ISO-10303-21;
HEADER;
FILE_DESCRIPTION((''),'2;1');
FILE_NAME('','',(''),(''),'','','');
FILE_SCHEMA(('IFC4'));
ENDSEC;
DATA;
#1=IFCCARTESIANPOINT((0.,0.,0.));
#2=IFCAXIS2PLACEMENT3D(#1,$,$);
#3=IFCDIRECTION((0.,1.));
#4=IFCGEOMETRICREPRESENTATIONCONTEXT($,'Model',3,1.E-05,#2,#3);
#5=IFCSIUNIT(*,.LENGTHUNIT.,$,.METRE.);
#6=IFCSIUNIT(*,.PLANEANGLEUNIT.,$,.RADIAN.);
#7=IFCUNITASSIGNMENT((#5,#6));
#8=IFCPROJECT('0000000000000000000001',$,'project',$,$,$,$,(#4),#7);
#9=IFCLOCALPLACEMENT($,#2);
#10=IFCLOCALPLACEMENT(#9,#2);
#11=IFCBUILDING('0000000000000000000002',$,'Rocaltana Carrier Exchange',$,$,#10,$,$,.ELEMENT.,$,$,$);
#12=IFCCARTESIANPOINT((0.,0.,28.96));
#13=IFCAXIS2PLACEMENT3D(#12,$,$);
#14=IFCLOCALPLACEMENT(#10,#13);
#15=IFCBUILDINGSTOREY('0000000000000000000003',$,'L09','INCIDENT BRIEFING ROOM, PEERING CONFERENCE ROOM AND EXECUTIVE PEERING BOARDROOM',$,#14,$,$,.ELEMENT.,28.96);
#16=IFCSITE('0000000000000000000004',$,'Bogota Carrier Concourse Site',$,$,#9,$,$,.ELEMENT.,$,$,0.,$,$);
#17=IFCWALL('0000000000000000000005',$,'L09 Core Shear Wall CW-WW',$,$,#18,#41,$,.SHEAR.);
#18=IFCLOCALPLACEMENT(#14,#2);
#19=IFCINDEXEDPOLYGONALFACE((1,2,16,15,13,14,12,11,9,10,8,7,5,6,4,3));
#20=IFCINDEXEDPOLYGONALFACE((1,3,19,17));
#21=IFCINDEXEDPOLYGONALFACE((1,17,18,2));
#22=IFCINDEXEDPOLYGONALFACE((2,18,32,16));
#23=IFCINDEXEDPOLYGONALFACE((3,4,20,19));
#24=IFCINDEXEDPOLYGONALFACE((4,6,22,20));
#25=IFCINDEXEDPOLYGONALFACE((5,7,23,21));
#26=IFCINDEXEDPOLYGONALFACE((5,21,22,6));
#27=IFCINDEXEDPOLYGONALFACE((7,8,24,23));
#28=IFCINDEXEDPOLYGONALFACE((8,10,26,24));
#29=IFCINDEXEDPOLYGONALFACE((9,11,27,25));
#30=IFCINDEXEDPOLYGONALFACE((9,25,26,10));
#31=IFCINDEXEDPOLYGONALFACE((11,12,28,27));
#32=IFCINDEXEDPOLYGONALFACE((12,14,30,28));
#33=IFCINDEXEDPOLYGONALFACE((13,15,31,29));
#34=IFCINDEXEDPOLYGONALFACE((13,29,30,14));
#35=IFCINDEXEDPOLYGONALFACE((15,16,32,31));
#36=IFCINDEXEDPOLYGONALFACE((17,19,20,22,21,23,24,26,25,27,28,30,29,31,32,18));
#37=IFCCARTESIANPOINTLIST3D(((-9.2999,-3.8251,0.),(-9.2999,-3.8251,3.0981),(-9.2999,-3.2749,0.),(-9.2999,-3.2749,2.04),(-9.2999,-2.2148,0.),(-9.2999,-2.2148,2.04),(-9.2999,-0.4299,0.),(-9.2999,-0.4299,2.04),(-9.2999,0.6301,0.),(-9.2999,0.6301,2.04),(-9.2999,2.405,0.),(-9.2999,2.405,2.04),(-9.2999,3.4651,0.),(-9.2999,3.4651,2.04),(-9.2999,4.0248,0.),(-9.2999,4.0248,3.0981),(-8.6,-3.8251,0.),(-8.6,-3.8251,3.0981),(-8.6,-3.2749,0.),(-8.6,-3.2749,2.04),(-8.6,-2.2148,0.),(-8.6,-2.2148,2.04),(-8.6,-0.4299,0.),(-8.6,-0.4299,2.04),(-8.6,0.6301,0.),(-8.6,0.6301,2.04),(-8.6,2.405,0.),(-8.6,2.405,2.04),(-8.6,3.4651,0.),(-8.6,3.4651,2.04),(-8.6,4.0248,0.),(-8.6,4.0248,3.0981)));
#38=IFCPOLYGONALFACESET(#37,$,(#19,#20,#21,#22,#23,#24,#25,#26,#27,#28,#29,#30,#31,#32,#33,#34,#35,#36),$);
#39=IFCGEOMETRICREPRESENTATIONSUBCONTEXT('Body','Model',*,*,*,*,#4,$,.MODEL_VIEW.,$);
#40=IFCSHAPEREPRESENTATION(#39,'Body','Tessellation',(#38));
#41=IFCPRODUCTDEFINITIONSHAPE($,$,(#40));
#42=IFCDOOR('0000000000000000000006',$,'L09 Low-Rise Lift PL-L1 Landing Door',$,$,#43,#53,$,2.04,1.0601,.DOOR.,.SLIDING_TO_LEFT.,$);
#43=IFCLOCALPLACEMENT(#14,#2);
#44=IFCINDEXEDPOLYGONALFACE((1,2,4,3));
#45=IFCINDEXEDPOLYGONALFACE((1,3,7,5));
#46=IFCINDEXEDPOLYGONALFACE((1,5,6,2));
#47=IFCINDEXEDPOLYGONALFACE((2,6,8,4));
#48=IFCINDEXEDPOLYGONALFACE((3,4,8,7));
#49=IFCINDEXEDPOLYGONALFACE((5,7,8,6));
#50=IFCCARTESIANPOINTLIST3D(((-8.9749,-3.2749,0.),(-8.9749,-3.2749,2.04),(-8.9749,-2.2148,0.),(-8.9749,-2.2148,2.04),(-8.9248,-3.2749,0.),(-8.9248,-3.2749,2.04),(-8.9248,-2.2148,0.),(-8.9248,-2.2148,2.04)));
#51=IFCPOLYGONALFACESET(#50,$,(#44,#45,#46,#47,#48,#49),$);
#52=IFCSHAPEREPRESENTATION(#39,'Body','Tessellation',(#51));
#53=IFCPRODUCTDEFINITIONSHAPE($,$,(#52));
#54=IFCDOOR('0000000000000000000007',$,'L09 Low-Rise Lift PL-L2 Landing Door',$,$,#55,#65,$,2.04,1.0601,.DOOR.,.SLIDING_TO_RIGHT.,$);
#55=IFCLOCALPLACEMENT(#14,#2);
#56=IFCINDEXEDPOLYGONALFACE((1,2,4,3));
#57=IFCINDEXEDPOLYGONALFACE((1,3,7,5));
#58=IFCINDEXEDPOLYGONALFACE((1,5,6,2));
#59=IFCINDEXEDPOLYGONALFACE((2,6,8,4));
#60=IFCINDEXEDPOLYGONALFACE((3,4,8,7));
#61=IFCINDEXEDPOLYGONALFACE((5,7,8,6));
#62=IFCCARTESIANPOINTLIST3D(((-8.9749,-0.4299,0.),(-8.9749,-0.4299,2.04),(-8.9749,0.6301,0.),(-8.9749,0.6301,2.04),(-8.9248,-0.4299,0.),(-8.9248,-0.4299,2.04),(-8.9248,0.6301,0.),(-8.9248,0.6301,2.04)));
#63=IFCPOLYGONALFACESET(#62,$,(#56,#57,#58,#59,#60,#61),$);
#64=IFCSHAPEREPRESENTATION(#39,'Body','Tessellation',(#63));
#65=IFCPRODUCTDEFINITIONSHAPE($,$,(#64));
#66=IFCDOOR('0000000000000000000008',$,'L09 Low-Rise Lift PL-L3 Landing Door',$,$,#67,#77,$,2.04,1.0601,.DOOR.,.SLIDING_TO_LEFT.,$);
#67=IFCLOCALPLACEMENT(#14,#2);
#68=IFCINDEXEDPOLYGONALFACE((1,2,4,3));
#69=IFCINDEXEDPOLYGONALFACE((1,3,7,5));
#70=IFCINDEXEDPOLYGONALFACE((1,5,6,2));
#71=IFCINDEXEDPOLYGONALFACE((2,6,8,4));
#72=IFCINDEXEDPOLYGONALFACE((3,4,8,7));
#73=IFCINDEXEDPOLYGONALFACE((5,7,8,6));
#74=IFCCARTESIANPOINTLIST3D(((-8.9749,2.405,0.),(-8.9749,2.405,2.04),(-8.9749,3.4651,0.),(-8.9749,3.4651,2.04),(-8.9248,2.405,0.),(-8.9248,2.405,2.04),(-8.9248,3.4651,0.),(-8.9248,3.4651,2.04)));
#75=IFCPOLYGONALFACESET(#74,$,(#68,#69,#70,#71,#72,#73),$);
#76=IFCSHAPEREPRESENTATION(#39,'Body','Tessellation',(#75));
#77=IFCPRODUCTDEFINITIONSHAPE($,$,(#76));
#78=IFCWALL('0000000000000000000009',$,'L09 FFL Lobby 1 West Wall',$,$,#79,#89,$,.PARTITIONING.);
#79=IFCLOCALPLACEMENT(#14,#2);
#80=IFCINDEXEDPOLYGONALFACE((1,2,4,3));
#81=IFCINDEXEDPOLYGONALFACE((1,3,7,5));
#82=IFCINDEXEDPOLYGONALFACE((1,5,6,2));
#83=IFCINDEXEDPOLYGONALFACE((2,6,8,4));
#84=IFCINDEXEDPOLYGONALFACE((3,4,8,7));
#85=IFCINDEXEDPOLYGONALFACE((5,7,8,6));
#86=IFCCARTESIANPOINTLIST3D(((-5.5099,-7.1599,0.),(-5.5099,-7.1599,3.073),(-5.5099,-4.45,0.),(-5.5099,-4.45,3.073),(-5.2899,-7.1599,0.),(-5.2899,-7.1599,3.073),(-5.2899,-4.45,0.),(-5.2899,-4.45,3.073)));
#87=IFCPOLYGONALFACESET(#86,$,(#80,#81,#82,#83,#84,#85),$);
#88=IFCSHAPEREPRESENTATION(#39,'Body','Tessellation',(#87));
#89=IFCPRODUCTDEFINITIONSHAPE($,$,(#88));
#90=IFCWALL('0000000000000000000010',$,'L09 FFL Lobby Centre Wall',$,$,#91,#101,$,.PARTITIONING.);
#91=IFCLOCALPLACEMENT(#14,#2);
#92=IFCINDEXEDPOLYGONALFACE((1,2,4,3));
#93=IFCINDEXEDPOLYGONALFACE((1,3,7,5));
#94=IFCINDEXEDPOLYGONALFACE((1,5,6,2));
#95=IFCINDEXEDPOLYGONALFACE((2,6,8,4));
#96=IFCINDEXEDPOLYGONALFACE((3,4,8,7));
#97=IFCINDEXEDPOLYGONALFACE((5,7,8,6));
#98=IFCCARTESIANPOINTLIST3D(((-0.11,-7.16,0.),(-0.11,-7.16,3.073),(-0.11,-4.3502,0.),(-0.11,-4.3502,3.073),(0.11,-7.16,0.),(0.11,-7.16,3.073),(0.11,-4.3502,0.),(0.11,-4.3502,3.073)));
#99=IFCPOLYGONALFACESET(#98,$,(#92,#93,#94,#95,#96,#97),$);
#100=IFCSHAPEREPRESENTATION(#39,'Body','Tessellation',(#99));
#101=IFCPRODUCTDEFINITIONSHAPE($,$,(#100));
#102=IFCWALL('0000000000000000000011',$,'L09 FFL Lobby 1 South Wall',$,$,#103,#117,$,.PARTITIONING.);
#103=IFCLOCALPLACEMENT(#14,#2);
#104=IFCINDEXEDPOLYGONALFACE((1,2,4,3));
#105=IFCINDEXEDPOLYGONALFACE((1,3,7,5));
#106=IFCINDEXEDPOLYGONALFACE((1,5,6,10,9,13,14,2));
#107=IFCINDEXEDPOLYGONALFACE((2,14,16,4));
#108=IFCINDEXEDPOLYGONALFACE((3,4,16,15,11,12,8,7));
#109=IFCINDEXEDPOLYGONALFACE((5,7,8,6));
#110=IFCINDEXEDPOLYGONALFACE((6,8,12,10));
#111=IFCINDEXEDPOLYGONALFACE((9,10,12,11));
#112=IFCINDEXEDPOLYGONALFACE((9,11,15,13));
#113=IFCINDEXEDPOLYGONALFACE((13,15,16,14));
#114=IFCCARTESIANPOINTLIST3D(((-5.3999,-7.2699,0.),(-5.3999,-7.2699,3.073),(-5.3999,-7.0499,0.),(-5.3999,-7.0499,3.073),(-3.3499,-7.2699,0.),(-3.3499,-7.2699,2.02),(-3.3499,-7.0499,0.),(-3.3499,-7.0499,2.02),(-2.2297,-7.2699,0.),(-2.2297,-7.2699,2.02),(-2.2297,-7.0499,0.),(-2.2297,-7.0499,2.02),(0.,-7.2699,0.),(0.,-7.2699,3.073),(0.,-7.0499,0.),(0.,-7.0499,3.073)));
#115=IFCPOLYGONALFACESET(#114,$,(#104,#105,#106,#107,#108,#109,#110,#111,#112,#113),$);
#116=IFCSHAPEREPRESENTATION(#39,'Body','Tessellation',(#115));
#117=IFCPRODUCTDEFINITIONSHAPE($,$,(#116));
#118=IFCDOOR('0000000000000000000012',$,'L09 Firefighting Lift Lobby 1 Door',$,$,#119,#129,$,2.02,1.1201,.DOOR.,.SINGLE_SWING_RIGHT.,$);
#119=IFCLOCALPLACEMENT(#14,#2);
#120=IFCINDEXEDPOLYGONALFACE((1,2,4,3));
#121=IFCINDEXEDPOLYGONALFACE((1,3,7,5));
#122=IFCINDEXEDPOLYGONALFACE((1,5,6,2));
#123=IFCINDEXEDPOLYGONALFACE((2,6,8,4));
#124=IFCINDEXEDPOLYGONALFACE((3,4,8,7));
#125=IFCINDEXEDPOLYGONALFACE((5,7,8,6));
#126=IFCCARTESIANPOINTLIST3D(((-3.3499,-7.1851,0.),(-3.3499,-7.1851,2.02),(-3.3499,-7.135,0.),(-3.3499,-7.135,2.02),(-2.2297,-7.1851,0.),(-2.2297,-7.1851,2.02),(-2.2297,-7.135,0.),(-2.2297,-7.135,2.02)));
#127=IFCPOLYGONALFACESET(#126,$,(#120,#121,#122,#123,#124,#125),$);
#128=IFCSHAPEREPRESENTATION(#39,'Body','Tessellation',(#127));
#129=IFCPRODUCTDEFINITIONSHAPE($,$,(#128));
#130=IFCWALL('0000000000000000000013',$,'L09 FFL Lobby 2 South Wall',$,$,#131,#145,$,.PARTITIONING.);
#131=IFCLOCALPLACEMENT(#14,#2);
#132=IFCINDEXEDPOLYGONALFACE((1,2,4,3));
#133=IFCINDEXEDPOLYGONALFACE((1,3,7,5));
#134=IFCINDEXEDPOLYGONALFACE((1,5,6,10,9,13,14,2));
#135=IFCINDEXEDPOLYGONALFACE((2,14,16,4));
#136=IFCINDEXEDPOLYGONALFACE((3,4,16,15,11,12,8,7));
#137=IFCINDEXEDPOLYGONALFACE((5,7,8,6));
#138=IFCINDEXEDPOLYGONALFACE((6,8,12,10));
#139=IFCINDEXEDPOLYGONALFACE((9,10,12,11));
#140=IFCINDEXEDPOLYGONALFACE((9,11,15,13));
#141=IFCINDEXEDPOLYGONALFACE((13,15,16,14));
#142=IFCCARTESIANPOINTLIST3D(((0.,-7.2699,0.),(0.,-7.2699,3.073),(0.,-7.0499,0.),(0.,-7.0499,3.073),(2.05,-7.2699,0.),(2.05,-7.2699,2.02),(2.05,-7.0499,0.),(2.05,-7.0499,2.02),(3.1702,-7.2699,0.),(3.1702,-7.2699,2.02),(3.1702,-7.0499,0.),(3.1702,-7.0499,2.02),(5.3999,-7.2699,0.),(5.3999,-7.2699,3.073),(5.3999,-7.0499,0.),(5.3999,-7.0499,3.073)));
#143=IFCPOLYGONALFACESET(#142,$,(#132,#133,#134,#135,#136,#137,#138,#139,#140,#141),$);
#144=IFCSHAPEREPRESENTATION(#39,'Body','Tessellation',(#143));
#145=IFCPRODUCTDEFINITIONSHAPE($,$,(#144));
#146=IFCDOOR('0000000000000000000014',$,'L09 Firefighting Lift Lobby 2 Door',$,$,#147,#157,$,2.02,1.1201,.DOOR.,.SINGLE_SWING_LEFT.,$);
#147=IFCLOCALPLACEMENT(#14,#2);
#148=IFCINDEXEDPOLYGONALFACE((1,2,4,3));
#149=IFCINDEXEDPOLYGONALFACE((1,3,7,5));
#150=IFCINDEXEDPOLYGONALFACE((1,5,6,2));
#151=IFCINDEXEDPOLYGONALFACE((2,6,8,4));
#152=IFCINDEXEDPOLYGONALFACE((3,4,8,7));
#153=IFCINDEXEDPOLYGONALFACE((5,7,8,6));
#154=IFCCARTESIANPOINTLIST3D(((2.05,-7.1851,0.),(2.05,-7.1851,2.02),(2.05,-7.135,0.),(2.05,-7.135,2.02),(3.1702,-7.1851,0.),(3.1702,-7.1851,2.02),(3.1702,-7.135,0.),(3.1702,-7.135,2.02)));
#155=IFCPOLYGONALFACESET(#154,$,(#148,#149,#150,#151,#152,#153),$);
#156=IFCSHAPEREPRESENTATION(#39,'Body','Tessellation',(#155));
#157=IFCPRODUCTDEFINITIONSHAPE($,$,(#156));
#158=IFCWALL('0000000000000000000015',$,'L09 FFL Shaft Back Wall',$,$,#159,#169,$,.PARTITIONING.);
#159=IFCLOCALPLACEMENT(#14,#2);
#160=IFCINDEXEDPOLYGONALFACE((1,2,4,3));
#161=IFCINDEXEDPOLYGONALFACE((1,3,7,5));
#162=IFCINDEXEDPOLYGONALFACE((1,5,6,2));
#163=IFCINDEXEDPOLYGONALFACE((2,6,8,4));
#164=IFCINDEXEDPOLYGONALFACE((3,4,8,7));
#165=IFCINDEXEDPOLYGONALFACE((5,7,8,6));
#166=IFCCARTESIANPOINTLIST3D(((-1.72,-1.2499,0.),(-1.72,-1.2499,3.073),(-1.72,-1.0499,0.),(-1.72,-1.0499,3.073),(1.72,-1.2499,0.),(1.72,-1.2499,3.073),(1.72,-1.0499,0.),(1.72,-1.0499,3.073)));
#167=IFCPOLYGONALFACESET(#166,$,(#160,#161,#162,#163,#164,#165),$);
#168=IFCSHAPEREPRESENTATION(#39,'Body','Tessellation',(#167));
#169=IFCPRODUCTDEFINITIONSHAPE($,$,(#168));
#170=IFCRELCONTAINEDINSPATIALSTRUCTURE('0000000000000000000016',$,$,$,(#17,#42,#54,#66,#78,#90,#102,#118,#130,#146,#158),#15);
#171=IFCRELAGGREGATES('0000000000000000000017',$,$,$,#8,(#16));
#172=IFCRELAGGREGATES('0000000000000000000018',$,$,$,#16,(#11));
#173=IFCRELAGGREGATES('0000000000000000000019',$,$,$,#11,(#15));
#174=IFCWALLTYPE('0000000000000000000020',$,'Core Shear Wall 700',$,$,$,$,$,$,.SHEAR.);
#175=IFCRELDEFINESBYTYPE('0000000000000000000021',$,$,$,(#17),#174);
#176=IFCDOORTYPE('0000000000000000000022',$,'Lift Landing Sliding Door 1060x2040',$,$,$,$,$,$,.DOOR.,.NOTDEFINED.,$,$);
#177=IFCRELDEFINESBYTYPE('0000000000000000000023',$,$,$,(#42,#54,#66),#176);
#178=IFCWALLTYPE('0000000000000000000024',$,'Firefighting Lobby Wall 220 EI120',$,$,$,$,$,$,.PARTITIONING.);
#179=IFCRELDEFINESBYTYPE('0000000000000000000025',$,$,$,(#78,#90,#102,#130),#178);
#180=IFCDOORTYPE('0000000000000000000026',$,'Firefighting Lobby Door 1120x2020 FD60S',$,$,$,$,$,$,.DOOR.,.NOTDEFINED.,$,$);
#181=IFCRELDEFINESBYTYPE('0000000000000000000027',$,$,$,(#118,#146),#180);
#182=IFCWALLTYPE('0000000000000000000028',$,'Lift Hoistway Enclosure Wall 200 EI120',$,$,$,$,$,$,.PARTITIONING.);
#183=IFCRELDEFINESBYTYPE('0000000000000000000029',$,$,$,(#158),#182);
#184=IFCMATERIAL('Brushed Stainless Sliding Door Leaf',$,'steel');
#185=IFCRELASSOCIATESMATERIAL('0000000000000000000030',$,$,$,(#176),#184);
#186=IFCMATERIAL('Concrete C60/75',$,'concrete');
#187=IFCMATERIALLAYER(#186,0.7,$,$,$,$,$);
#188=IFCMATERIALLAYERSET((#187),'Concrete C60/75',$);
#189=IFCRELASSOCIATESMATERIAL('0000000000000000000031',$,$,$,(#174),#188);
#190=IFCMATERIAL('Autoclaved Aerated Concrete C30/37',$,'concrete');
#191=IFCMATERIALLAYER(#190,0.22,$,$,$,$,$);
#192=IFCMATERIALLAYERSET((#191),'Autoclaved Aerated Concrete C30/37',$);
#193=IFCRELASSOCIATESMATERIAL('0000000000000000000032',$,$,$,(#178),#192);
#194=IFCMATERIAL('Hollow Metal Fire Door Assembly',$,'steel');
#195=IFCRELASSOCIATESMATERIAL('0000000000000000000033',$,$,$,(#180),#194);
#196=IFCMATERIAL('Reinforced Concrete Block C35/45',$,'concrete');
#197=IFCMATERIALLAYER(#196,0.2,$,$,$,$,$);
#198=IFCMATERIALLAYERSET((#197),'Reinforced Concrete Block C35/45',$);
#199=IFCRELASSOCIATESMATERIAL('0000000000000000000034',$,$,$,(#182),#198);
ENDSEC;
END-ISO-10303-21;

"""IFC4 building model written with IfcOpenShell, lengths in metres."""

from ifc_helpers import new_model, si_unit, direction, frame, frame_2d, origin, place, context, subcontext, project, spatial, rectangle, extrude, material, layer, layer_set, type_object, element, fill, save


model = new_model("IFC4")

# Units and contexts
model_context = context("Model", 3, precision=1e-05, world=origin(), true_north=direction((0.0, 1.0)))
body_context = subcontext(model_context, "Body", "Model", "MODEL_VIEW")
ifc_project = project(units=[si_unit("LENGTHUNIT", "METRE"), si_unit("PLANEANGLEUNIT", "RADIAN")], contexts=[model_context])

# Site, building, storey
site_placement = place(None, origin())
site = spatial("IfcSite", under=ifc_project, at=site_placement, Name="Bogota Carrier Concourse Site", CompositionType="ELEMENT", RefElevation=0.0)
building_placement = place(site_placement, origin())
building = spatial("IfcBuilding", under=site, at=building_placement, Name="Rocaltana Carrier Exchange", CompositionType="ELEMENT")
storey_placement = place(building_placement, frame((0.0, 0.0, 28.96)))
storey = spatial("IfcBuildingStorey", under=building, at=storey_placement, Name="L09", Description="INCIDENT BRIEFING ROOM, PEERING CONFERENCE ROOM AND EXECUTIVE PEERING BOARDROOM", CompositionType="ELEMENT", Elevation=28.96)

# Shared definitions
ifc_material_1 = material(Name="Brushed Stainless Sliding Door Leaf", Category="steel")
door_type_1 = type_object("IfcDoorType", Name="Lift Landing Sliding Door 1060x2040", OperationType="NOTDEFINED", PredefinedType="DOOR", material=ifc_material_1)

# Shared definitions
ifc_material_2 = material(Name="Concrete C60/75", Category="concrete")
ifc_layer_1 = layer(ifc_material_2, 0.7)
ifc_layer_set_1 = layer_set([ifc_layer_1], Name="Concrete C60/75")
wall_type_1 = type_object("IfcWallType", Name="Core Shear Wall 700", PredefinedType="SHEAR", material=ifc_layer_set_1)

# Wall, openings, doors
wall_1_placement = place(storey_placement, frame((-8.95, -3.825, 0.0), z_axis=(0.0, 0.0, 1.0), x_axis=(0.0, 1.0, 0.0)))
wall_1 = element("IfcWall", 1, at=wall_1_placement, inside=storey, type_object=wall_type_1, Name="L09 Core Shear Wall CW-WW", PredefinedType="SHEAR", context=body_context, shape_type="SweptSolid", body=[
    extrude(rectangle(XDim=7.8499, YDim=0.7, at=frame_2d((3.9248, 0.0))), origin(), (0.0, 0.0, 1.0), 3.0981),
])
opening_1_placement = place(wall_1_placement, frame((0.55, 0.0, 0.0)))
opening_1 = element("IfcOpeningElement", 2, at=opening_1_placement, cuts=wall_1, PredefinedType="OPENING", context=body_context, shape_type="SweptSolid", body=[
    extrude(rectangle(XDim=1.0601, YDim=2.04, at=frame_2d((0.53, 1.02))), frame((0.0, 0.3599, 0.0), z_axis=(0.0, -1.0, 0.0), x_axis=(1.0, 0.0, 0.0)), (0.0, 0.0, 1.0), 0.72),
])
opening_2_placement = place(wall_1_placement, frame((3.395, 0.0, 0.0)))
opening_2 = element("IfcOpeningElement", 3, at=opening_2_placement, cuts=wall_1, PredefinedType="OPENING", context=body_context, shape_type="SweptSolid", body=[
    extrude(rectangle(XDim=1.0601, YDim=2.04, at=frame_2d((0.53, 1.02))), frame((0.0, 0.3599, 0.0), z_axis=(0.0, -1.0, 0.0), x_axis=(1.0, 0.0, 0.0)), (0.0, 0.0, 1.0), 0.72),
])
opening_3_placement = place(wall_1_placement, frame((6.23, 0.0, 0.0)))
opening_3 = element("IfcOpeningElement", 4, at=opening_3_placement, cuts=wall_1, PredefinedType="OPENING", context=body_context, shape_type="SweptSolid", body=[
    extrude(rectangle(XDim=1.0601, YDim=2.04, at=frame_2d((0.53, 1.02))), frame((0.0, 0.3599, 0.0), z_axis=(0.0, -1.0, 0.0), x_axis=(1.0, 0.0, 0.0)), (0.0, 0.0, 1.0), 0.72),
])
door_1_placement = place(opening_1_placement, origin())
door_1 = element("IfcDoor", 5, at=door_1_placement, inside=storey, type_object=door_type_1, Name="L09 Low-Rise Lift PL-L1 Landing Door", OperationType="SLIDING_TO_LEFT", OverallHeight=2.04, OverallWidth=1.0601, PredefinedType="DOOR", context=body_context, shape_type="SweptSolid", body=[
    extrude(rectangle(XDim=1.0601, YDim=2.04, at=frame_2d((0.53, 1.02))), frame((0.0, 0.0249, 0.0), z_axis=(0.0, -1.0, 0.0), x_axis=(1.0, 0.0, 0.0)), (0.0, 0.0, 1.0), 0.05),
])
fill(opening_1, door_1)
door_2_placement = place(opening_2_placement, origin())
door_2 = element("IfcDoor", 6, at=door_2_placement, inside=storey, type_object=door_type_1, Name="L09 Low-Rise Lift PL-L2 Landing Door", OperationType="SLIDING_TO_RIGHT", OverallHeight=2.04, OverallWidth=1.0601, PredefinedType="DOOR", context=body_context, shape_type="SweptSolid", body=[
    extrude(rectangle(XDim=1.0601, YDim=2.04, at=frame_2d((0.53, 1.02))), frame((0.0, 0.0249, 0.0), z_axis=(0.0, -1.0, 0.0), x_axis=(1.0, 0.0, 0.0)), (0.0, 0.0, 1.0), 0.05),
])
fill(opening_2, door_2)
door_3_placement = place(opening_3_placement, origin())
door_3 = element("IfcDoor", 7, at=door_3_placement, inside=storey, type_object=door_type_1, Name="L09 Low-Rise Lift PL-L3 Landing Door", OperationType="SLIDING_TO_LEFT", OverallHeight=2.04, OverallWidth=1.0601, PredefinedType="DOOR", context=body_context, shape_type="SweptSolid", body=[
    extrude(rectangle(XDim=1.0601, YDim=2.04, at=frame_2d((0.53, 1.02))), frame((0.0, 0.0249, 0.0), z_axis=(0.0, -1.0, 0.0), x_axis=(1.0, 0.0, 0.0)), (0.0, 0.0, 1.0), 0.05),
])
fill(opening_3, door_3)

# Walls
ifc_material_3 = material(Name="Autoclaved Aerated Concrete C30/37", Category="concrete")
ifc_layer_2 = layer(ifc_material_3, 0.22)
ifc_layer_set_2 = layer_set([ifc_layer_2], Name="Autoclaved Aerated Concrete C30/37")
wall_type_2 = type_object("IfcWallType", Name="Firefighting Lobby Wall 220 EI120", PredefinedType="PARTITIONING", material=ifc_layer_set_2)
wall_2_placement = place(storey_placement, frame((-5.3999, -7.1599, 0.0), z_axis=(0.0, 0.0, 1.0), x_axis=(0.0, 1.0, 0.0)))
element("IfcWall", 8, at=wall_2_placement, inside=storey, type_object=wall_type_2, Name="L09 FFL Lobby 1 West Wall", PredefinedType="PARTITIONING", context=body_context, shape_type="SweptSolid", body=[
    extrude(rectangle(XDim=2.71, YDim=0.22, at=frame_2d((1.355, 0.0))), origin(), (0.0, 0.0, 1.0), 3.073),
])
wall_3_placement = place(storey_placement, frame((0.0, -7.1599, 0.0), z_axis=(0.0, 0.0, 1.0), x_axis=(0.0, 1.0, 0.0)))
element("IfcWall", 9, at=wall_3_placement, inside=storey, type_object=wall_type_2, Name="L09 FFL Lobby Centre Wall", PredefinedType="PARTITIONING", context=body_context, shape_type="SweptSolid", body=[
    extrude(rectangle(XDim=2.8098, YDim=0.22, at=frame_2d((1.4048, 0.0))), origin(), (0.0, 0.0, 1.0), 3.073),
])

# Walls, openings, doors
wall_4_placement = place(storey_placement, frame((-5.3999, -7.1599, 0.0), z_axis=(0.0, 0.0, 1.0), x_axis=(1.0, 0.0, 0.0)))
wall_4 = element("IfcWall", 10, at=wall_4_placement, inside=storey, type_object=wall_type_2, Name="L09 FFL Lobby 1 South Wall", PredefinedType="PARTITIONING", context=body_context, shape_type="SweptSolid", body=[
    extrude(rectangle(XDim=5.3999, YDim=0.22, at=frame_2d((2.7, 0.0))), origin(), (0.0, 0.0, 1.0), 3.073),
])
opening_4_placement = place(wall_4_placement, frame((2.05, 0.0, 0.0)))
opening_4 = element("IfcOpeningElement", 11, at=opening_4_placement, cuts=wall_4, PredefinedType="OPENING", context=body_context, shape_type="SweptSolid", body=[
    extrude(rectangle(XDim=1.1201, YDim=2.02, at=frame_2d((0.5601, 1.01))), frame((0.0, 0.1199, 0.0), z_axis=(0.0, -1.0, 0.0), x_axis=(1.0, 0.0, 0.0)), (0.0, 0.0, 1.0), 0.24),
])
ifc_material_4 = material(Name="Hollow Metal Fire Door Assembly", Category="steel")
door_type_2 = type_object("IfcDoorType", Name="Firefighting Lobby Door 1120x2020 FD60S", OperationType="NOTDEFINED", PredefinedType="DOOR", material=ifc_material_4)
door_4_placement = place(opening_4_placement, origin())
door_4 = element("IfcDoor", 12, at=door_4_placement, inside=storey, type_object=door_type_2, Name="L09 Firefighting Lift Lobby 1 Door", OperationType="SINGLE_SWING_RIGHT", OverallHeight=2.02, OverallWidth=1.1201, PredefinedType="DOOR", context=body_context, shape_type="SweptSolid", body=[
    extrude(rectangle(XDim=1.1201, YDim=2.02, at=frame_2d((0.5601, 1.01))), frame((0.0, 0.0249, 0.0), z_axis=(0.0, -1.0, 0.0), x_axis=(1.0, 0.0, 0.0)), (0.0, 0.0, 1.0), 0.05),
])
fill(opening_4, door_4)
wall_5_placement = place(storey_placement, frame((0.0, -7.1599, 0.0), z_axis=(0.0, 0.0, 1.0), x_axis=(1.0, 0.0, 0.0)))
wall_5 = element("IfcWall", 13, at=wall_5_placement, inside=storey, type_object=wall_type_2, Name="L09 FFL Lobby 2 South Wall", PredefinedType="PARTITIONING", context=body_context, shape_type="SweptSolid", body=[
    extrude(rectangle(XDim=5.3999, YDim=0.22, at=frame_2d((2.7, 0.0))), origin(), (0.0, 0.0, 1.0), 3.073),
])
opening_5_placement = place(wall_5_placement, frame((2.05, 0.0, 0.0)))
opening_5 = element("IfcOpeningElement", 14, at=opening_5_placement, cuts=wall_5, PredefinedType="OPENING", context=body_context, shape_type="SweptSolid", body=[
    extrude(rectangle(XDim=1.1201, YDim=2.02, at=frame_2d((0.5601, 1.01))), frame((0.0, 0.1199, 0.0), z_axis=(0.0, -1.0, 0.0), x_axis=(1.0, 0.0, 0.0)), (0.0, 0.0, 1.0), 0.24),
])
door_5_placement = place(opening_5_placement, origin())
door_5 = element("IfcDoor", 15, at=door_5_placement, inside=storey, type_object=door_type_2, Name="L09 Firefighting Lift Lobby 2 Door", OperationType="SINGLE_SWING_LEFT", OverallHeight=2.02, OverallWidth=1.1201, PredefinedType="DOOR", context=body_context, shape_type="SweptSolid", body=[
    extrude(rectangle(XDim=1.1201, YDim=2.02, at=frame_2d((0.5601, 1.01))), frame((0.0, 0.0249, 0.0), z_axis=(0.0, -1.0, 0.0), x_axis=(1.0, 0.0, 0.0)), (0.0, 0.0, 1.0), 0.05),
])
fill(opening_5, door_5)

# Wall
ifc_material_5 = material(Name="Reinforced Concrete Block C35/45", Category="concrete")
ifc_layer_3 = layer(ifc_material_5, 0.2)
ifc_layer_set_3 = layer_set([ifc_layer_3], Name="Reinforced Concrete Block C35/45")
wall_type_3 = type_object("IfcWallType", Name="Lift Hoistway Enclosure Wall 200 EI120", PredefinedType="PARTITIONING", material=ifc_layer_set_3)
wall_6_placement = place(storey_placement, frame((-1.72, -1.1499, 0.0), z_axis=(0.0, 0.0, 1.0), x_axis=(1.0, 0.0, 0.0)))
element("IfcWall", 16, at=wall_6_placement, inside=storey, type_object=wall_type_3, Name="L09 FFL Shaft Back Wall", PredefinedType="PARTITIONING", context=body_context, shape_type="SweptSolid", body=[
    extrude(rectangle(XDim=3.4399, YDim=0.2, at=frame_2d((1.72, 0.0))), origin(), (0.0, 0.0, 1.0), 3.073),
])

save(model, "model.ifc")
